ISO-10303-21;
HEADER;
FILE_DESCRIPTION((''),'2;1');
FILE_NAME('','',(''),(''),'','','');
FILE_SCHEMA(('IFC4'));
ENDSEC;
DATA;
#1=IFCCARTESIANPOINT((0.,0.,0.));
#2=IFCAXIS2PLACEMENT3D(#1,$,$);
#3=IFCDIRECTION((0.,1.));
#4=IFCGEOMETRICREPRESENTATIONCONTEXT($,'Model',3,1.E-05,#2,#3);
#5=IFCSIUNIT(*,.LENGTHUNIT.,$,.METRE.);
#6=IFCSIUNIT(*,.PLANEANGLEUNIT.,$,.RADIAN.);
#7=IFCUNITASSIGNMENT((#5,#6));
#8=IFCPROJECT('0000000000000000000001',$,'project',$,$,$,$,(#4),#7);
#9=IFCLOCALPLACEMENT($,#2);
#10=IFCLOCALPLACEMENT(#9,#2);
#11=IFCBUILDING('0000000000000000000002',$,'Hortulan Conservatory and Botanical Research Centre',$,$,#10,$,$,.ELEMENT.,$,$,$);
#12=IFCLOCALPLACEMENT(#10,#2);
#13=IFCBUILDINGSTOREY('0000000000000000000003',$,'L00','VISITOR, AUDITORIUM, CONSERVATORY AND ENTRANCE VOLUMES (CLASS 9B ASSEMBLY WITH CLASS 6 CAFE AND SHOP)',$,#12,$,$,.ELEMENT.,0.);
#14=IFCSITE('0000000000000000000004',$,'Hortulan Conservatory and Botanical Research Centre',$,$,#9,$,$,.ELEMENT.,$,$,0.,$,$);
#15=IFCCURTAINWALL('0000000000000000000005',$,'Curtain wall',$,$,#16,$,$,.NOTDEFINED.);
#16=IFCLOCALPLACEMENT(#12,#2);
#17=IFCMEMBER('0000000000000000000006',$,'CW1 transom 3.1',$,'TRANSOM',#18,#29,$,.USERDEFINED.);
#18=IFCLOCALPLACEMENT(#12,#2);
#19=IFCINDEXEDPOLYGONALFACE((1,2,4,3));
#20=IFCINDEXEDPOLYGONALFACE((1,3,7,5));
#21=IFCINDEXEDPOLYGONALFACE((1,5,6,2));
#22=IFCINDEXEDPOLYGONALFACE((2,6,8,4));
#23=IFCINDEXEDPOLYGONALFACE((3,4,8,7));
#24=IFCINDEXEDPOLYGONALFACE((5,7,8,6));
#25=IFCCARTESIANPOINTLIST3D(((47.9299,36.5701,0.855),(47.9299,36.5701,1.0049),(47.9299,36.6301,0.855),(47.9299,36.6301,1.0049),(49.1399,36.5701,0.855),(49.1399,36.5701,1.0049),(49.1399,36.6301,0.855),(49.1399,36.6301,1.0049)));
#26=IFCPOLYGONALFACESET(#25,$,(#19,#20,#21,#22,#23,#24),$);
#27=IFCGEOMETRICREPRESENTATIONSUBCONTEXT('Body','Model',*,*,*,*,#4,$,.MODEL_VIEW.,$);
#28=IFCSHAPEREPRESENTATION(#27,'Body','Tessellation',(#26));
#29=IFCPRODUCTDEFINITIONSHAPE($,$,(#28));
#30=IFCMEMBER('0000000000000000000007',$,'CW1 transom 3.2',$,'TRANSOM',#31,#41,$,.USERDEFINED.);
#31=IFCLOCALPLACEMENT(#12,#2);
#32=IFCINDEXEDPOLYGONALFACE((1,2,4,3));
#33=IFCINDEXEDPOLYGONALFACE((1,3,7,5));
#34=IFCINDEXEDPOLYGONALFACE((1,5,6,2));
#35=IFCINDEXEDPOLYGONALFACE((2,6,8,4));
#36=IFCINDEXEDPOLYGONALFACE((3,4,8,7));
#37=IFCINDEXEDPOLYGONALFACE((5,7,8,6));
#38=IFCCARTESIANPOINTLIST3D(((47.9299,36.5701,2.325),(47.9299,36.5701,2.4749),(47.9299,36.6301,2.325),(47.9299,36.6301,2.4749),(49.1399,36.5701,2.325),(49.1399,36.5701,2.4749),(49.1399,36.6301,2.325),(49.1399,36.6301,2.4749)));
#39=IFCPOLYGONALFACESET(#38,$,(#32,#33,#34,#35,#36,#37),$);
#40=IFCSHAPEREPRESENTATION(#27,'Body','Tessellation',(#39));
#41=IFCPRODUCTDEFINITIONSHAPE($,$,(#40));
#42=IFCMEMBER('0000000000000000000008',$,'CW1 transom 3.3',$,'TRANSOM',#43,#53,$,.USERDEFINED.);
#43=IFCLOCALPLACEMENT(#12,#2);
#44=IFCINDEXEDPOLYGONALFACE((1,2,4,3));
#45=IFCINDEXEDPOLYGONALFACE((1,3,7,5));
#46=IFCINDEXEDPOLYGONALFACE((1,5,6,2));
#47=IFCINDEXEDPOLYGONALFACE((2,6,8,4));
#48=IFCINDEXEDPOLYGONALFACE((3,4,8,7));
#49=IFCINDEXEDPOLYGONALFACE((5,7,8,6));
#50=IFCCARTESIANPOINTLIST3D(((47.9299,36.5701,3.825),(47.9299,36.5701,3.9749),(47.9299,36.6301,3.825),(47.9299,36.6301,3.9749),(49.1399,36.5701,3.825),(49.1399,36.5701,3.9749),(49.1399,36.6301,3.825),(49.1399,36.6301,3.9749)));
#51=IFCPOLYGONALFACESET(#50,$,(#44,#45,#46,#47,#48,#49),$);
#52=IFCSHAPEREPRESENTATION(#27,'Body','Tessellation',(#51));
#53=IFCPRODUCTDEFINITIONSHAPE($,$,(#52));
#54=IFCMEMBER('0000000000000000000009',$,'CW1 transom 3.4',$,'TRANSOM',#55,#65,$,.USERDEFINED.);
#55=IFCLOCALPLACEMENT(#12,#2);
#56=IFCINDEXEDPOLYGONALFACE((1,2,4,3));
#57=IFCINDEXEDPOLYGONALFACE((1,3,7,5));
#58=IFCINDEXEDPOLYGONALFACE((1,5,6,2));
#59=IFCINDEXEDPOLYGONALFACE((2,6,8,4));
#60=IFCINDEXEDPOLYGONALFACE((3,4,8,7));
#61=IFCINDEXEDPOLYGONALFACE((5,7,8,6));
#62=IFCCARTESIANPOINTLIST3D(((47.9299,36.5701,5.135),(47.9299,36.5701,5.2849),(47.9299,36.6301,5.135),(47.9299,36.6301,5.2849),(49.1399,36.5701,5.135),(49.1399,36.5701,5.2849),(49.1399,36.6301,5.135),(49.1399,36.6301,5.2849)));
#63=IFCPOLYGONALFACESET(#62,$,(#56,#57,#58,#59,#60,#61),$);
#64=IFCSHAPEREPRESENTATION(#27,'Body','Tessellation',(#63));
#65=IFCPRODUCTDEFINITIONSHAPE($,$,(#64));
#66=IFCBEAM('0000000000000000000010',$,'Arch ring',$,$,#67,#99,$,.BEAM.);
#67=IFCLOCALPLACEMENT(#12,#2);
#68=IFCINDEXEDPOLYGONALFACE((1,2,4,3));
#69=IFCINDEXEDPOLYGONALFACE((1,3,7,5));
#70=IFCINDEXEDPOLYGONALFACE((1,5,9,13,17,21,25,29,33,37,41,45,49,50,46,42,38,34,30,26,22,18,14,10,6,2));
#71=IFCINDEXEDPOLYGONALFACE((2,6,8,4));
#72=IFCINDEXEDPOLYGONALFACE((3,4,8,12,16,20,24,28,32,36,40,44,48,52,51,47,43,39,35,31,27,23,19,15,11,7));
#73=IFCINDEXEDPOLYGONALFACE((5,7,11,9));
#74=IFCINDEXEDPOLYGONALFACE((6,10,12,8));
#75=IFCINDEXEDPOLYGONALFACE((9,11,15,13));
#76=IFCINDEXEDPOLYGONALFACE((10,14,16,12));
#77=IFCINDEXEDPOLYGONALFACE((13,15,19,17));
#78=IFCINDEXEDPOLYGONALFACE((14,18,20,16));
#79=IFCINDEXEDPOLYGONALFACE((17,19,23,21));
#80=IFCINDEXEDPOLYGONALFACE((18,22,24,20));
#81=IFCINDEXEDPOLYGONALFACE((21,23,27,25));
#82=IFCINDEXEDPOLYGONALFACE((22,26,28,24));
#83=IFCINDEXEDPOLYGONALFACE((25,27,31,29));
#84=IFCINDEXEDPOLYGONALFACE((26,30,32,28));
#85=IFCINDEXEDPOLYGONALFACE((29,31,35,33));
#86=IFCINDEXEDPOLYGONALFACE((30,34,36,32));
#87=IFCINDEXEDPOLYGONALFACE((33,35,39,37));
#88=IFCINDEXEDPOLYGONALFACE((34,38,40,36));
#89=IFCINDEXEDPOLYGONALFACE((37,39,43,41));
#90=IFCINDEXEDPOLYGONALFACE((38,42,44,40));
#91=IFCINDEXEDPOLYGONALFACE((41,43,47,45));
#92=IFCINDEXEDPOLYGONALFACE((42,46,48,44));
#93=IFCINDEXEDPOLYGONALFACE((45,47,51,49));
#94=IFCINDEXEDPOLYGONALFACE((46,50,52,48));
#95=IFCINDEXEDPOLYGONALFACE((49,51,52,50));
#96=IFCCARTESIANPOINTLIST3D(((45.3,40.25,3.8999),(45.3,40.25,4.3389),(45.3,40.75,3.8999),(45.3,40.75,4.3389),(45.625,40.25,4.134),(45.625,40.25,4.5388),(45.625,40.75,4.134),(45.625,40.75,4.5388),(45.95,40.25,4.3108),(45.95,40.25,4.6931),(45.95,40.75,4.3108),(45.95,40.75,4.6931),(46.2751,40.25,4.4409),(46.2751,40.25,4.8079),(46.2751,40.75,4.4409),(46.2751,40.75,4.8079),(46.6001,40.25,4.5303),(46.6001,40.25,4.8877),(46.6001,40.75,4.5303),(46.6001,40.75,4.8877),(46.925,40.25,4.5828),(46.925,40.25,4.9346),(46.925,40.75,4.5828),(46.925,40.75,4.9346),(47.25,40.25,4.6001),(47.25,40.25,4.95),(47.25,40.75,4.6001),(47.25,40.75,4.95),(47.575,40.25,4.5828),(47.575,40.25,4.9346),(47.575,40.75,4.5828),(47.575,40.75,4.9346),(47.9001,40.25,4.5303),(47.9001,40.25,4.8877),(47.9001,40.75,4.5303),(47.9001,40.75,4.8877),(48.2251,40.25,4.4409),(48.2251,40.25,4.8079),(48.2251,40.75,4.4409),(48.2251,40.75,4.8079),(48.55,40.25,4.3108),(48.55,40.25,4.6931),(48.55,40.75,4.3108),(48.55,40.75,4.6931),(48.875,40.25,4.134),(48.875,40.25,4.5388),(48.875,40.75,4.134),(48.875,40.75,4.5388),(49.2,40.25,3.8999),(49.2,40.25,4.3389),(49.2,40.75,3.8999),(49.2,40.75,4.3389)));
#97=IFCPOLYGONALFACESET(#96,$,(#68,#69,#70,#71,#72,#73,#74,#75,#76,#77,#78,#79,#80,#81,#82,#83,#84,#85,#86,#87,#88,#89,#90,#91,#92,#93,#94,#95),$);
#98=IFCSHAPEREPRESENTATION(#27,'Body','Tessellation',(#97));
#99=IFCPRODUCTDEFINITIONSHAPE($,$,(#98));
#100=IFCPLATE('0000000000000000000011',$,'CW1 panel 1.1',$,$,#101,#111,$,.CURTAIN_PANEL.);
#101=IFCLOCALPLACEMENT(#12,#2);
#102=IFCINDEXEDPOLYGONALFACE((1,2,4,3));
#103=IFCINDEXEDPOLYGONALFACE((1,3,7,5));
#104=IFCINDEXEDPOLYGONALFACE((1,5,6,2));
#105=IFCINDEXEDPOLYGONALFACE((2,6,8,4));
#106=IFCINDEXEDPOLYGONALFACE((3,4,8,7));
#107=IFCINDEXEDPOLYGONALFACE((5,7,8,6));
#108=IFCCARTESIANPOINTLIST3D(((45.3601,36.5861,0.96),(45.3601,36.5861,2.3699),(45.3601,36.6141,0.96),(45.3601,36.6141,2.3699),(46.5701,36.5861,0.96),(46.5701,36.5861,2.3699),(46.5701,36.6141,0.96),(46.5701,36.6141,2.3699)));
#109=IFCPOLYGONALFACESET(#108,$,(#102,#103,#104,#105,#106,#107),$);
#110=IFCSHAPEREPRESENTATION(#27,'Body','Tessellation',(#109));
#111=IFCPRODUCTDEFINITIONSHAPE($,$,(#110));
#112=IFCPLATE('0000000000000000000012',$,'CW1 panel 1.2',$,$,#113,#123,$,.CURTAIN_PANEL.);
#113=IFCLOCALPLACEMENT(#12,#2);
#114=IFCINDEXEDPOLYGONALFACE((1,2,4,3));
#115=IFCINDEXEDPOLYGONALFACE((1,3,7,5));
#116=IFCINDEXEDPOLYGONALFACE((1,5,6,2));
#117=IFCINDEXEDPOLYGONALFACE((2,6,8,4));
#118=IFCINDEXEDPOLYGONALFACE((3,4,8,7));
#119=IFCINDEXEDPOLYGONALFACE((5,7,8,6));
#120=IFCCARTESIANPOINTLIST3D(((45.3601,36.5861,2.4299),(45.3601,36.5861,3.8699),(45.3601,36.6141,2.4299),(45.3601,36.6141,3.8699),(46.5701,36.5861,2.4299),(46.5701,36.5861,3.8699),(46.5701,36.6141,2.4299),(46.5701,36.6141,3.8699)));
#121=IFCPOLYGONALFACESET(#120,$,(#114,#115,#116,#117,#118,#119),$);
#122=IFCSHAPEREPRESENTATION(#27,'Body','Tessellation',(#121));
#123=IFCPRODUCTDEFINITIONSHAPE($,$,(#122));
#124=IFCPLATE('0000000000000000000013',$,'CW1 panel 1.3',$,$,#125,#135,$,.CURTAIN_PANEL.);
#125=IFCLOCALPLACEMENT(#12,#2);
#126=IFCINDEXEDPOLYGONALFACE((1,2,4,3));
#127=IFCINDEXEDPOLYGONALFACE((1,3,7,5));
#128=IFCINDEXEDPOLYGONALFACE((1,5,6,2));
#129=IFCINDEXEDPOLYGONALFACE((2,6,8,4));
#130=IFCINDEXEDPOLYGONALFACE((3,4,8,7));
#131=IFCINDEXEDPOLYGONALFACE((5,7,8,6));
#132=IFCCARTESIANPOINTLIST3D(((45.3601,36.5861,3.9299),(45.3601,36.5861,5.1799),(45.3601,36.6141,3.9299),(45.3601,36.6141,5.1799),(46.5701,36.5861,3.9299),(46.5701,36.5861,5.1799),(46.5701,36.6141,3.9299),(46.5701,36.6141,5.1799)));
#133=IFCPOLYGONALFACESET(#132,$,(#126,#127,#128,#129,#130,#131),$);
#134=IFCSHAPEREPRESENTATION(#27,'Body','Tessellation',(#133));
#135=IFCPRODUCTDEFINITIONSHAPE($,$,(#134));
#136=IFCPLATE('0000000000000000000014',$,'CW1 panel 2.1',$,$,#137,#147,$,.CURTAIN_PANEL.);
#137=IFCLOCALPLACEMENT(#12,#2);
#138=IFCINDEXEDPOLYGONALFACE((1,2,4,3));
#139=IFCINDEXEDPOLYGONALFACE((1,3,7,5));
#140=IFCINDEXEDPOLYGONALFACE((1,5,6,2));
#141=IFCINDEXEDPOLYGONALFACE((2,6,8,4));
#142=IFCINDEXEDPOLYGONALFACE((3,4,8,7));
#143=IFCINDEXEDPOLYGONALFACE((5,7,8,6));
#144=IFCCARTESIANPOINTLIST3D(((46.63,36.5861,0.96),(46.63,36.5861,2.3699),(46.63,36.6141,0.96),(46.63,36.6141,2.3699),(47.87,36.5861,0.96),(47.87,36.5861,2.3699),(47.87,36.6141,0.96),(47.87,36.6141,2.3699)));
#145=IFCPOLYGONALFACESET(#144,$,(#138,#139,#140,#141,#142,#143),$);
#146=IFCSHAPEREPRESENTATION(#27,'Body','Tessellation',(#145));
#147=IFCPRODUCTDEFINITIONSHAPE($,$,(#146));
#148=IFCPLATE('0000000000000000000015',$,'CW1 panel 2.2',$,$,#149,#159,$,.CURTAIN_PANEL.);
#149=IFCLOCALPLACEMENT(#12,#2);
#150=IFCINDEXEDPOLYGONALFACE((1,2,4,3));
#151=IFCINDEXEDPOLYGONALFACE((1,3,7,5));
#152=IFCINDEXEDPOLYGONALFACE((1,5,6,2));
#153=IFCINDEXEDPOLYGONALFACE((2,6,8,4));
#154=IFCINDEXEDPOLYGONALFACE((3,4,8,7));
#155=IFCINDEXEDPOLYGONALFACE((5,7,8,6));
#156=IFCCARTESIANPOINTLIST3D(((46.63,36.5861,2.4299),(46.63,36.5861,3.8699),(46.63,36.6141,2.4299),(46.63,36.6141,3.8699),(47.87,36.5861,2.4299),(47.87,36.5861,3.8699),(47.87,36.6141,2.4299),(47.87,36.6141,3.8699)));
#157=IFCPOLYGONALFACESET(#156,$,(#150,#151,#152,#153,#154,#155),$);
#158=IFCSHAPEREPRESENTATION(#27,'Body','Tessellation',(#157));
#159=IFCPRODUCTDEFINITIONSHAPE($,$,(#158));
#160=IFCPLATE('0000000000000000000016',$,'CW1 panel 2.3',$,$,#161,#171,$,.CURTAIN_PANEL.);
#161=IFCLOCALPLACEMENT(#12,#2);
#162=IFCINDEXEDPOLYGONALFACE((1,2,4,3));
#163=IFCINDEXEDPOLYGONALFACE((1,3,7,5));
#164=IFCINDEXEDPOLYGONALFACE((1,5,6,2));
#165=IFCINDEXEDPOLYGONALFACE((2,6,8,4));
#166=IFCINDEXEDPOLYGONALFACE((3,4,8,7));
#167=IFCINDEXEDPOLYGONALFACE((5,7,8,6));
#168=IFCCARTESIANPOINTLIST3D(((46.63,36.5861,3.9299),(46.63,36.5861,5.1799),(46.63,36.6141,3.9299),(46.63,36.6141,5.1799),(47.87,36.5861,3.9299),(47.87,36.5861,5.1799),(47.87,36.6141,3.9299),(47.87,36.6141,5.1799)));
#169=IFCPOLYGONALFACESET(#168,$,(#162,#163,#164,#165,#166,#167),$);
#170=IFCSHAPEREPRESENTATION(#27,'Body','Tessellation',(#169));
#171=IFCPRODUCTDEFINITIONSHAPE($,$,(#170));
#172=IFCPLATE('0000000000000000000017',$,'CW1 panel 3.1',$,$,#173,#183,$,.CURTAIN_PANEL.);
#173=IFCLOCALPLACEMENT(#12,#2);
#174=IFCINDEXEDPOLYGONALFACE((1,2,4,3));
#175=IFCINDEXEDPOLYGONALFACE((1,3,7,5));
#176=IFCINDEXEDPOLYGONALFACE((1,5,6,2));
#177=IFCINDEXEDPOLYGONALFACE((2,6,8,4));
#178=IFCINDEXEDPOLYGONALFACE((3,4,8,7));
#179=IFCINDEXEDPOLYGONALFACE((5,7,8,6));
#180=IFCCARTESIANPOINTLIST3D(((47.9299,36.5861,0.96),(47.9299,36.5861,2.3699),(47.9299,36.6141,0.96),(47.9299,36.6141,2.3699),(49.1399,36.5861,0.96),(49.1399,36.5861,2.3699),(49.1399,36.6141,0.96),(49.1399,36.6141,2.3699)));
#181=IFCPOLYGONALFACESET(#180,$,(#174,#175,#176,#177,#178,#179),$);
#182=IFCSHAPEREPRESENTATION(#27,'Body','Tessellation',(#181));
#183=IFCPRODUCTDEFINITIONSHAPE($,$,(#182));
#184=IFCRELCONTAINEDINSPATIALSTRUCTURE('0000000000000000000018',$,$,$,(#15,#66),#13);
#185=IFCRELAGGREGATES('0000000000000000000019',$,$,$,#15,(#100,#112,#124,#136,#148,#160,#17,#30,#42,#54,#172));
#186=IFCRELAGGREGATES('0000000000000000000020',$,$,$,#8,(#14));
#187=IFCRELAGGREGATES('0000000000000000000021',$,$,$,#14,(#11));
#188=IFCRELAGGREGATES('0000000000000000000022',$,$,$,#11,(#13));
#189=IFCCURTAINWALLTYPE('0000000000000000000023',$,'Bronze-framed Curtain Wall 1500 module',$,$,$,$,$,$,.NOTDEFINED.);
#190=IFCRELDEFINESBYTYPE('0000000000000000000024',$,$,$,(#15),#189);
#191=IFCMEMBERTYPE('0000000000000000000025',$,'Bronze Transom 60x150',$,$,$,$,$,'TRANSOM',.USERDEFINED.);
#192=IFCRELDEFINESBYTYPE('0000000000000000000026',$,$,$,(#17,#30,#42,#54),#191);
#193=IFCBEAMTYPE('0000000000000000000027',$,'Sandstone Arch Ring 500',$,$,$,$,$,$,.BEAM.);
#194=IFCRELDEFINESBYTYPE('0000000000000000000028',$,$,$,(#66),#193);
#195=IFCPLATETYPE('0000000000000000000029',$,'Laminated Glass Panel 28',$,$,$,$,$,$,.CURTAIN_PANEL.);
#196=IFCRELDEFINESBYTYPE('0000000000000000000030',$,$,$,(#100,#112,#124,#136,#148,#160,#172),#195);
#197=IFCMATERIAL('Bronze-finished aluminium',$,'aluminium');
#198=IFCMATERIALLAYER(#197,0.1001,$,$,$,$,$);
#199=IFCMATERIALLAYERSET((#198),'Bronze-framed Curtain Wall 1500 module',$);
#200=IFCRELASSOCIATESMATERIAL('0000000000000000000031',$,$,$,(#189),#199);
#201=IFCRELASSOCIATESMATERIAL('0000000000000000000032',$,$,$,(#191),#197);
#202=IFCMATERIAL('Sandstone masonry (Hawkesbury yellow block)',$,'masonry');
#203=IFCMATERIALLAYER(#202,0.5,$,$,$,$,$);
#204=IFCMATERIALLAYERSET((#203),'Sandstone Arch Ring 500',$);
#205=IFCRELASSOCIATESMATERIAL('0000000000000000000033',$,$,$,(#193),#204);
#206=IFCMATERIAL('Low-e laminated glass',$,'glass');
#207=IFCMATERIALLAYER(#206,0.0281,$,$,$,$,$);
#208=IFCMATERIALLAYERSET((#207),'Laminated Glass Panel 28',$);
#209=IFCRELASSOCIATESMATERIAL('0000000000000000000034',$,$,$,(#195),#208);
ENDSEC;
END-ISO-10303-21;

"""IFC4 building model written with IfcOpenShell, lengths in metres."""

from ifc_helpers import new_model, si_unit, direction, frame, origin, origin_2d, place, context, subcontext, project, spatial, polyline, rectangle, outline, extrude, material, layer, layer_set, material_profile, profile_set, type_object, element, aggregate, save


model = new_model("IFC4")

# Units and contexts
model_context = context("Model", 3, precision=1e-05, world=origin(), true_north=direction((0.0, 1.0)))
body_context = subcontext(model_context, "Body", "Model", "MODEL_VIEW")
ifc_project = project(units=[si_unit("LENGTHUNIT", "METRE"), si_unit("PLANEANGLEUNIT", "RADIAN")], contexts=[model_context])

# Site, building, storey
site_placement = place(None, origin())
site = spatial("IfcSite", under=ifc_project, at=site_placement, Name="Hortulan Conservatory and Botanical Research Centre", CompositionType="ELEMENT", RefElevation=0.0)
building_placement = place(site_placement, origin())
building = spatial("IfcBuilding", under=site, at=building_placement, Name="Hortulan Conservatory and Botanical Research Centre", CompositionType="ELEMENT")
storey_placement = place(building_placement, origin())
storey = spatial("IfcBuildingStorey", under=building, at=storey_placement, Name="L00", Description="VISITOR, AUDITORIUM, CONSERVATORY AND ENTRANCE VOLUMES (CLASS 9B ASSEMBLY WITH CLASS 6 CAFE AND SHOP)", CompositionType="ELEMENT", Elevation=0.0)

# Curtain wall, members
ifc_material_1 = material(Name="Bronze-finished aluminium", Category="aluminium")
ifc_layer_1 = layer(ifc_material_1, 0.1001)
ifc_layer_set_1 = layer_set([ifc_layer_1], Name="Bronze-framed Curtain Wall 1500 module")
curtain_wall_type = type_object("IfcCurtainWallType", Name="Bronze-framed Curtain Wall 1500 module", PredefinedType="NOTDEFINED", material=ifc_layer_set_1)
curtain_wall_placement = place(storey_placement, origin())
curtain_wall = element("IfcCurtainWall", 1, at=curtain_wall_placement, inside=storey, type_object=curtain_wall_type, Name="Curtain wall", PredefinedType="NOTDEFINED")
ifc_material_profile_1 = material_profile(ifc_material_1, rectangle(XDim=0.0601, YDim=0.1499, at=origin_2d()), Name="Bronze Transom 60x150")
ifc_profile_set_1 = profile_set([ifc_material_profile_1], Name="Bronze-finished aluminium")
member_type_1 = type_object("IfcMemberType", Name="Bronze Transom 60x150", ElementType="TRANSOM", PredefinedType="USERDEFINED", material=ifc_profile_set_1)
member_1_placement = place(storey_placement, frame((47.9299, 36.6001, 0.9299), z_axis=(1.0, 0.0, 0.0), x_axis=(0.0, 1.0, 0.0)))
member_1 = element("IfcMember", 2, at=member_1_placement, type_object=member_type_1, Name="CW1 transom 3.1", ObjectType="TRANSOM", PredefinedType="USERDEFINED", context=body_context, shape_type="SweptSolid", body=[
    extrude(rectangle(XDim=0.0601, YDim=0.1499, at=origin_2d()), origin(), (0.0, 0.0, 1.0), 1.21),
])
member_2_placement = place(storey_placement, frame((47.9299, 36.6001, 2.3999), z_axis=(1.0, 0.0, 0.0), x_axis=(0.0, 1.0, 0.0)))
member_2 = element("IfcMember", 3, at=member_2_placement, type_object=member_type_1, Name="CW1 transom 3.2", ObjectType="TRANSOM", PredefinedType="USERDEFINED", context=body_context, shape_type="SweptSolid", body=[
    extrude(rectangle(XDim=0.0601, YDim=0.1499, at=origin_2d()), origin(), (0.0, 0.0, 1.0), 1.21),
])
member_3_placement = place(storey_placement, frame((47.9299, 36.6001, 3.8999), z_axis=(1.0, 0.0, 0.0), x_axis=(0.0, 1.0, 0.0)))
member_3 = element("IfcMember", 4, at=member_3_placement, type_object=member_type_1, Name="CW1 transom 3.3", ObjectType="TRANSOM", PredefinedType="USERDEFINED", context=body_context, shape_type="SweptSolid", body=[
    extrude(rectangle(XDim=0.0601, YDim=0.1499, at=origin_2d()), origin(), (0.0, 0.0, 1.0), 1.21),
])
member_4_placement = place(storey_placement, frame((47.9299, 36.6001, 5.21), z_axis=(1.0, 0.0, 0.0), x_axis=(0.0, 1.0, 0.0)))
member_4 = element("IfcMember", 5, at=member_4_placement, type_object=member_type_1, Name="CW1 transom 3.4", ObjectType="TRANSOM", PredefinedType="USERDEFINED", context=body_context, shape_type="SweptSolid", body=[
    extrude(rectangle(XDim=0.0601, YDim=0.1499, at=origin_2d()), origin(), (0.0, 0.0, 1.0), 1.21),
])

# Beam
ifc_material_2 = material(Name="Sandstone masonry (Hawkesbury yellow block)", Category="masonry")
ifc_layer_2 = layer(ifc_material_2, 0.5)
ifc_layer_set_2 = layer_set([ifc_layer_2], Name="Sandstone Arch Ring 500")
beam_type_1 = type_object("IfcBeamType", Name="Sandstone Arch Ring 500", PredefinedType="BEAM", material=ifc_layer_set_2)
beam_1_placement = place(storey_placement, frame((45.3, 40.5, 3.8999), z_axis=(0.0, 0.0, 1.0), x_axis=(1.0, 0.0, 0.0)))
element("IfcBeam", 6, at=beam_1_placement, inside=storey, type_object=beam_type_1, Name="Arch ring", PredefinedType="BEAM", context=body_context, shape_type="SweptSolid", body=[
    extrude(outline(polyline([(0.0, 0.0), (0.325, 0.2341), (0.6499, 0.4109), (0.9751, 0.541), (1.3, 0.6304), (1.625, 0.6829), (1.95, 0.7002), (2.2749, 0.6829), (2.6001, 0.6304), (2.925, 0.541), (3.25, 0.4109), (3.575, 0.2341), (3.8999, 0.0), (3.8999, 0.439), (3.575, 0.6389), (3.25, 0.7932), (2.925, 0.908), (2.6001, 0.9878), (2.2749, 1.0347), (1.95, 1.05), (1.625, 1.0347), (1.3, 0.9878), (0.9751, 0.908), (0.6499, 0.7932), (0.325, 0.6389), (0.0, 0.439), (0.0, 0.0)])), frame((0.0, 0.25, 0.0), z_axis=(0.0, -1.0, 0.0), x_axis=(1.0, 0.0, 0.0)), (0.0, 0.0, 1.0), 0.5),
])

# Plates
ifc_material_3 = material(Name="Low-e laminated glass", Category="glass")
ifc_layer_3 = layer(ifc_material_3, 0.0281)
ifc_layer_set_3 = layer_set([ifc_layer_3], Name="Laminated Glass Panel 28")
plate_type = type_object("IfcPlateType", Name="Laminated Glass Panel 28", PredefinedType="CURTAIN_PANEL", material=ifc_layer_set_3)
plate_1_placement = place(storey_placement, frame((45.9651, 36.6001, 0.96), z_axis=(0.0, 0.0, 1.0), x_axis=(1.0, 0.0, 0.0)))
plate_1 = element("IfcPlate", 7, at=plate_1_placement, type_object=plate_type, Name="CW1 panel 1.1", PredefinedType="CURTAIN_PANEL", context=body_context, shape_type="SweptSolid", body=[
    extrude(rectangle(XDim=1.21, YDim=0.0281, at=origin_2d()), origin(), (0.0, 0.0, 1.0), 1.4099),
])
plate_2_placement = place(storey_placement, frame((45.9651, 36.6001, 2.4299), z_axis=(0.0, 0.0, 1.0), x_axis=(1.0, 0.0, 0.0)))
plate_2 = element("IfcPlate", 8, at=plate_2_placement, type_object=plate_type, Name="CW1 panel 1.2", PredefinedType="CURTAIN_PANEL", context=body_context, shape_type="SweptSolid", body=[
    extrude(rectangle(XDim=1.21, YDim=0.0281, at=origin_2d()), origin(), (0.0, 0.0, 1.0), 1.4399),
])
plate_3_placement = place(storey_placement, frame((45.9651, 36.6001, 3.9299), z_axis=(0.0, 0.0, 1.0), x_axis=(1.0, 0.0, 0.0)))
plate_3 = element("IfcPlate", 9, at=plate_3_placement, type_object=plate_type, Name="CW1 panel 1.3", PredefinedType="CURTAIN_PANEL", context=body_context, shape_type="SweptSolid", body=[
    extrude(rectangle(XDim=1.21, YDim=0.0281, at=origin_2d()), origin(), (0.0, 0.0, 1.0), 1.25),
])
plate_4_placement = place(storey_placement, frame((47.25, 36.6001, 0.96), z_axis=(0.0, 0.0, 1.0), x_axis=(1.0, 0.0, 0.0)))
plate_4 = element("IfcPlate", 10, at=plate_4_placement, type_object=plate_type, Name="CW1 panel 2.1", PredefinedType="CURTAIN_PANEL", context=body_context, shape_type="SweptSolid", body=[
    extrude(rectangle(XDim=1.24, YDim=0.0281, at=origin_2d()), origin(), (0.0, 0.0, 1.0), 1.4099),
])
plate_5_placement = place(storey_placement, frame((47.25, 36.6001, 2.4299), z_axis=(0.0, 0.0, 1.0), x_axis=(1.0, 0.0, 0.0)))
plate_5 = element("IfcPlate", 11, at=plate_5_placement, type_object=plate_type, Name="CW1 panel 2.2", PredefinedType="CURTAIN_PANEL", context=body_context, shape_type="SweptSolid", body=[
    extrude(rectangle(XDim=1.24, YDim=0.0281, at=origin_2d()), origin(), (0.0, 0.0, 1.0), 1.4399),
])
plate_6_placement = place(storey_placement, frame((47.25, 36.6001, 3.9299), z_axis=(0.0, 0.0, 1.0), x_axis=(1.0, 0.0, 0.0)))
plate_6 = element("IfcPlate", 12, at=plate_6_placement, type_object=plate_type, Name="CW1 panel 2.3", PredefinedType="CURTAIN_PANEL", context=body_context, shape_type="SweptSolid", body=[
    extrude(rectangle(XDim=1.24, YDim=0.0281, at=origin_2d()), origin(), (0.0, 0.0, 1.0), 1.25),
])
plate_7_placement = place(storey_placement, frame((48.5349, 36.6001, 0.96), z_axis=(0.0, 0.0, 1.0), x_axis=(1.0, 0.0, 0.0)))
plate_7 = element("IfcPlate", 13, at=plate_7_placement, type_object=plate_type, Name="CW1 panel 3.1", PredefinedType="CURTAIN_PANEL", context=body_context, shape_type="SweptSolid", body=[
    extrude(rectangle(XDim=1.21, YDim=0.0281, at=origin_2d()), origin(), (0.0, 0.0, 1.0), 1.4099),
])
aggregate(curtain_wall, [plate_1, plate_2, plate_3, plate_4, plate_5, plate_6, member_1, member_2, member_3, member_4, plate_7])

save(model, "model.ifc")
